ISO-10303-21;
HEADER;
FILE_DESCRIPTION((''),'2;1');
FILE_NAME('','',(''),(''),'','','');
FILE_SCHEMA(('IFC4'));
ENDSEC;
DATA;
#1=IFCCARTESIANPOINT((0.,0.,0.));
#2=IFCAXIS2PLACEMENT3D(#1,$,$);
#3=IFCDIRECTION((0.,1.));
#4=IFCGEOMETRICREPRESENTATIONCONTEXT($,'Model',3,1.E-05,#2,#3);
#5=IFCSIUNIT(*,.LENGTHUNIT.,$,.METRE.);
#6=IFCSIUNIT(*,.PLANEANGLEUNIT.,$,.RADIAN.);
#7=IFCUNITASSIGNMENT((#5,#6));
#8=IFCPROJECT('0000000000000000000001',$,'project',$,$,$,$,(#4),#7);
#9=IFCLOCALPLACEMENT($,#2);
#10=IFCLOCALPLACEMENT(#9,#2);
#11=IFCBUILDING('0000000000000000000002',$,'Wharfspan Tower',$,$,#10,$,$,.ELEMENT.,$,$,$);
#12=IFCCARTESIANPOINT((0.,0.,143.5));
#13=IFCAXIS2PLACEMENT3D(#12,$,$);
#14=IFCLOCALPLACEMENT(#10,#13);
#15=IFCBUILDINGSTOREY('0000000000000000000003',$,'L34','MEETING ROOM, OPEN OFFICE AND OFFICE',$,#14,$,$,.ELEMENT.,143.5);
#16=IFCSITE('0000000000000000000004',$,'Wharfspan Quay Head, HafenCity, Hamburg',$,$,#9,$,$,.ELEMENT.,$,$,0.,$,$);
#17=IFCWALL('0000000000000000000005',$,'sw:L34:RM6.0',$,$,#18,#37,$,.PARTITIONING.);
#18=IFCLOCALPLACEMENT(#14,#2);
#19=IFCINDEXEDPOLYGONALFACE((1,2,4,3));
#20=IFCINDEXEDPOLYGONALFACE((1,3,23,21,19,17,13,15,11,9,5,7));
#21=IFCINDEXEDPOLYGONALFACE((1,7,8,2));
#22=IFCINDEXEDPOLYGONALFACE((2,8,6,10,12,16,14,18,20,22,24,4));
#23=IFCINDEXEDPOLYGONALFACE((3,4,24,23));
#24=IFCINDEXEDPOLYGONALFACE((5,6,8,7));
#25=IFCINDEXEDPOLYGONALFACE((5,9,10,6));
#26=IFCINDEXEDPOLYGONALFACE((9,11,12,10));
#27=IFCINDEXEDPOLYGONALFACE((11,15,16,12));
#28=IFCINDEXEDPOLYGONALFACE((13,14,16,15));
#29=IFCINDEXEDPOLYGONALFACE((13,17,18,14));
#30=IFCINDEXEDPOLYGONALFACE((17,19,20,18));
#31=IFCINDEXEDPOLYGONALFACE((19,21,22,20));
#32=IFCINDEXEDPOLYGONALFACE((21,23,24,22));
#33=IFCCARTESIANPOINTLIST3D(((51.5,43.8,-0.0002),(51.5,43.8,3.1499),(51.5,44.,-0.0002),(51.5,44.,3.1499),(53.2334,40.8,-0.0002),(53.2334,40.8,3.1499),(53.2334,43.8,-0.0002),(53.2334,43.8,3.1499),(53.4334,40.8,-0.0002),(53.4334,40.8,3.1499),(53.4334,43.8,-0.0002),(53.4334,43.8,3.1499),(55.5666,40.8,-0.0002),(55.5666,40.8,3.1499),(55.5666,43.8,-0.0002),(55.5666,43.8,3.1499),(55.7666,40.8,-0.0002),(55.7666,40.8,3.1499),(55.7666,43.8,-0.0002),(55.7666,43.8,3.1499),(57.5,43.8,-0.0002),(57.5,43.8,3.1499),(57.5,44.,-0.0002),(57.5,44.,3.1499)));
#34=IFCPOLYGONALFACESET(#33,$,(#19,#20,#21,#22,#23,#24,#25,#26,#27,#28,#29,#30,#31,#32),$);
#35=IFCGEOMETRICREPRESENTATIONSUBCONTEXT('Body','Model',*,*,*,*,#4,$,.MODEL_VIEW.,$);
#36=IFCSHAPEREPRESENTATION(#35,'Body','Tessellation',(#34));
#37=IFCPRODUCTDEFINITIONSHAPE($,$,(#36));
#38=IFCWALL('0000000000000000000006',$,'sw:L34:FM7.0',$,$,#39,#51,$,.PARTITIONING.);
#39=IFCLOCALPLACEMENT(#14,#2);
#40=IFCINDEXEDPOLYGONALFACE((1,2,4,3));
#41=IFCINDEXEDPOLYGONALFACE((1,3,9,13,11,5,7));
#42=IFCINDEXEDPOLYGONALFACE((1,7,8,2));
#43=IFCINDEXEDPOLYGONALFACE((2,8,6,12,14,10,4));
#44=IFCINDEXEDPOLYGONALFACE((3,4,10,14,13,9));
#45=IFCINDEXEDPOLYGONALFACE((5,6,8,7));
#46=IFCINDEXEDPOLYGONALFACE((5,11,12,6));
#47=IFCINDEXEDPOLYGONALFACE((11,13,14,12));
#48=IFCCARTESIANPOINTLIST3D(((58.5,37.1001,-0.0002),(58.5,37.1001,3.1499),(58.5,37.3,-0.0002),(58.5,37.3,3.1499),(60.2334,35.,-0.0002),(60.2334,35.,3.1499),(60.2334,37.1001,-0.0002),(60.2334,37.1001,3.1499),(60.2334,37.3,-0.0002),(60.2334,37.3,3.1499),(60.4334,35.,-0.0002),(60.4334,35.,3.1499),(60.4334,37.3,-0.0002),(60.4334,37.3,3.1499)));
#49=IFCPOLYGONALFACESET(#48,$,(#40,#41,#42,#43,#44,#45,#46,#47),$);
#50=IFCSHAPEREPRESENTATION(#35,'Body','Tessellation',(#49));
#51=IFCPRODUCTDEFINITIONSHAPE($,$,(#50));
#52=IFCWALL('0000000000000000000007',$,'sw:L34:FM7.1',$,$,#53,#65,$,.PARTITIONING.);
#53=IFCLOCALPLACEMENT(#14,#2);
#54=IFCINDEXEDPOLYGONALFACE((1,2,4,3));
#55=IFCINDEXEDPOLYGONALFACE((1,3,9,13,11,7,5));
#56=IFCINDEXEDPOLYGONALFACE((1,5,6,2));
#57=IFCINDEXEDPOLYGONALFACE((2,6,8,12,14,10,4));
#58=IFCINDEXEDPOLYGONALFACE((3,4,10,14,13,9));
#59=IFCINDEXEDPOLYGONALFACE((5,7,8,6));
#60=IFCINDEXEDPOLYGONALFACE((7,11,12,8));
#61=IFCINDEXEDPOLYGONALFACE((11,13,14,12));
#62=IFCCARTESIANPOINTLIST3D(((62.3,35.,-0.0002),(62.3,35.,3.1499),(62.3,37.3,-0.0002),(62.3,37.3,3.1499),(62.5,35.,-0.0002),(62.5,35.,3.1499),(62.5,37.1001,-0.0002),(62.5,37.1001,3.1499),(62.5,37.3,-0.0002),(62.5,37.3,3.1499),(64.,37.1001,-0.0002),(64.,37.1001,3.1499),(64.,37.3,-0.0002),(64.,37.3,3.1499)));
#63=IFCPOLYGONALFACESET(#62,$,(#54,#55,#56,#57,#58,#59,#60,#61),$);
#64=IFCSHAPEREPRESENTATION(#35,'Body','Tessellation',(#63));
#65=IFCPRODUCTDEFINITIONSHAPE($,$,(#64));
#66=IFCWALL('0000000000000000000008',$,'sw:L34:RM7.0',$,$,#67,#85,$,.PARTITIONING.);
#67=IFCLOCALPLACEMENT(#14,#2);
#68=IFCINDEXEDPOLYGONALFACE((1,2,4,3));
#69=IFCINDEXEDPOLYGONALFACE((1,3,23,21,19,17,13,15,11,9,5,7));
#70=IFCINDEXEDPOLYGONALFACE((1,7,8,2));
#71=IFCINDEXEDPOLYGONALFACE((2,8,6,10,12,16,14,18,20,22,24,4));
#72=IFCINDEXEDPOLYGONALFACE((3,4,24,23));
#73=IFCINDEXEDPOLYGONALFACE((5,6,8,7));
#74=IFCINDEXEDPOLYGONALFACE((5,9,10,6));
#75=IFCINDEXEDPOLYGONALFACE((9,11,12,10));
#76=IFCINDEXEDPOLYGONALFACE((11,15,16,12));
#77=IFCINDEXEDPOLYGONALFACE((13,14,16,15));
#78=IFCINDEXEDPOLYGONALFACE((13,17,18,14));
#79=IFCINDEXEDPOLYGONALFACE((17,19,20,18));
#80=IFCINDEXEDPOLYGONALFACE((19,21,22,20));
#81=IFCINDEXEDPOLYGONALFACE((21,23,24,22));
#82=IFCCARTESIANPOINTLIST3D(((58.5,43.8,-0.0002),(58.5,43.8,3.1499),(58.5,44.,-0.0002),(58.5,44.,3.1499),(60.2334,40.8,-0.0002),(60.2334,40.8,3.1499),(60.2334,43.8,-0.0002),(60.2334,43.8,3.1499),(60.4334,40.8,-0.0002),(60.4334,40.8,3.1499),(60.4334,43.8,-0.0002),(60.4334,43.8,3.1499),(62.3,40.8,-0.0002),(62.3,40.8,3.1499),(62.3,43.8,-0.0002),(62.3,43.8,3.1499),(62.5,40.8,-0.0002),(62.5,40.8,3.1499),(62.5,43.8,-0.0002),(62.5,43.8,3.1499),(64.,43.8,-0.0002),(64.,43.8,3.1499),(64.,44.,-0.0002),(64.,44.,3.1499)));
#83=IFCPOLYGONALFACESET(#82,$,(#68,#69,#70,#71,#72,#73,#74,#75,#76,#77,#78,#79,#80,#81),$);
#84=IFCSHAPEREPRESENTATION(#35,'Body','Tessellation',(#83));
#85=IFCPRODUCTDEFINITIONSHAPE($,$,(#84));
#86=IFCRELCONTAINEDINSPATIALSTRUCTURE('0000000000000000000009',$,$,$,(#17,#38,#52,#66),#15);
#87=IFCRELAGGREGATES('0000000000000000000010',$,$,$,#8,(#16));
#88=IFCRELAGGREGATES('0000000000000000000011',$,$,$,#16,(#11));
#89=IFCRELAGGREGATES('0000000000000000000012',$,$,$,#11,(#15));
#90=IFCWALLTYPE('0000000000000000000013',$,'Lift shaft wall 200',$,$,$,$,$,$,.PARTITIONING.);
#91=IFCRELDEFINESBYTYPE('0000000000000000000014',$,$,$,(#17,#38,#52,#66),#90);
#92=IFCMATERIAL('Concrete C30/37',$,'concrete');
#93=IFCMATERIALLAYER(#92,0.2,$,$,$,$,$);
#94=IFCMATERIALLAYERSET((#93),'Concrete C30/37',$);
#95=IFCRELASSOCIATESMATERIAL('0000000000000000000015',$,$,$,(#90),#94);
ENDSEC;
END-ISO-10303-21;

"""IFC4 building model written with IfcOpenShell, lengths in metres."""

from ifc_helpers import new_model, si_unit, direction, frame, origin, place, context, subcontext, project, spatial, polyline, outline, extrude, material, layer, layer_set, type_object, element, save


model = new_model("IFC4")

# Units and contexts
model_context = context("Model", 3, precision=1e-05, world=origin(), true_north=direction((0.0, 1.0)))
body_context = subcontext(model_context, "Body", "Model", "MODEL_VIEW")
ifc_project = project(units=[si_unit("LENGTHUNIT", "METRE"), si_unit("PLANEANGLEUNIT", "RADIAN")], contexts=[model_context])

# Site, building, storey
site_placement = place(None, origin())
site = spatial("IfcSite", under=ifc_project, at=site_placement, Name="Wharfspan Quay Head, HafenCity, Hamburg", CompositionType="ELEMENT", RefElevation=0.0)
building_placement = place(site_placement, origin())
building = spatial("IfcBuilding", under=site, at=building_placement, Name="Wharfspan Tower", CompositionType="ELEMENT")
storey_placement = place(building_placement, frame((0.0, 0.0, 143.5)))
storey = spatial("IfcBuildingStorey", under=building, at=storey_placement, Name="L34", Description="MEETING ROOM, OPEN OFFICE AND OFFICE", CompositionType="ELEMENT", Elevation=143.5)

# Walls
ifc_material_1 = material(Name="Concrete C30/37", Category="concrete")
ifc_layer_1 = layer(ifc_material_1, 0.2)
ifc_layer_set_1 = layer_set([ifc_layer_1], Name="Concrete C30/37")
wall_type_1 = type_object("IfcWallType", Name="Lift shaft wall 200", PredefinedType="PARTITIONING", material=ifc_layer_set_1)
wall_1_placement = place(storey_placement, frame((0.0, 0.0, -0.0002)))
element("IfcWall", 1, at=wall_1_placement, inside=storey, type_object=wall_type_1, Name="sw:L34:RM6.0", PredefinedType="PARTITIONING", context=body_context, shape_type="SweptSolid", body=[
    extrude(outline(polyline([(53.4333, 40.8), (53.2334, 40.8), (53.2334, 43.8), (51.5, 43.8), (51.5, 44.0), (57.5, 44.0), (57.5, 43.8), (55.7666, 43.8), (55.7666, 40.8), (55.5667, 40.8), (55.5667, 43.8), (53.4333, 43.8), (53.4333, 40.8)])), origin(), (0.0, 0.0, 1.0), 3.1501),
])
wall_2_placement = place(storey_placement, frame((0.0, 0.0, -0.0002)))
element("IfcWall", 2, at=wall_2_placement, inside=storey, type_object=wall_type_1, Name="sw:L34:FM7.0", PredefinedType="PARTITIONING", context=body_context, shape_type="SweptSolid", body=[
    extrude(outline(polyline([(60.2334, 37.1001), (58.5, 37.1001), (58.5, 37.3), (60.2334, 37.3), (60.4333, 37.3), (60.4333, 35.0), (60.2334, 35.0), (60.2334, 37.1001)])), origin(), (0.0, 0.0, 1.0), 3.1501),
])
wall_3_placement = place(storey_placement, frame((0.0, 0.0, -0.0002)))
element("IfcWall", 3, at=wall_3_placement, inside=storey, type_object=wall_type_1, Name="sw:L34:FM7.1", PredefinedType="PARTITIONING", context=body_context, shape_type="SweptSolid", body=[
    extrude(outline(polyline([(62.3, 37.3), (62.5, 37.3), (64.0, 37.3), (64.0, 37.1001), (62.5, 37.1001), (62.5, 35.0), (62.3, 35.0), (62.3, 37.3)])), origin(), (0.0, 0.0, 1.0), 3.1501),
])
wall_4_placement = place(storey_placement, frame((0.0, 0.0, -0.0002)))
element("IfcWall", 4, at=wall_4_placement, inside=storey, type_object=wall_type_1, Name="sw:L34:RM7.0", PredefinedType="PARTITIONING", context=body_context, shape_type="SweptSolid", body=[
    extrude(outline(polyline([(60.4333, 40.8), (60.2334, 40.8), (60.2334, 43.8), (58.5, 43.8), (58.5, 44.0), (64.0, 44.0), (64.0, 43.8), (62.5, 43.8), (62.5, 40.8), (62.3, 40.8), (62.3, 43.8), (60.4333, 43.8), (60.4333, 40.8)])), origin(), (0.0, 0.0, 1.0), 3.1501),
])

save(model, "model.ifc")
